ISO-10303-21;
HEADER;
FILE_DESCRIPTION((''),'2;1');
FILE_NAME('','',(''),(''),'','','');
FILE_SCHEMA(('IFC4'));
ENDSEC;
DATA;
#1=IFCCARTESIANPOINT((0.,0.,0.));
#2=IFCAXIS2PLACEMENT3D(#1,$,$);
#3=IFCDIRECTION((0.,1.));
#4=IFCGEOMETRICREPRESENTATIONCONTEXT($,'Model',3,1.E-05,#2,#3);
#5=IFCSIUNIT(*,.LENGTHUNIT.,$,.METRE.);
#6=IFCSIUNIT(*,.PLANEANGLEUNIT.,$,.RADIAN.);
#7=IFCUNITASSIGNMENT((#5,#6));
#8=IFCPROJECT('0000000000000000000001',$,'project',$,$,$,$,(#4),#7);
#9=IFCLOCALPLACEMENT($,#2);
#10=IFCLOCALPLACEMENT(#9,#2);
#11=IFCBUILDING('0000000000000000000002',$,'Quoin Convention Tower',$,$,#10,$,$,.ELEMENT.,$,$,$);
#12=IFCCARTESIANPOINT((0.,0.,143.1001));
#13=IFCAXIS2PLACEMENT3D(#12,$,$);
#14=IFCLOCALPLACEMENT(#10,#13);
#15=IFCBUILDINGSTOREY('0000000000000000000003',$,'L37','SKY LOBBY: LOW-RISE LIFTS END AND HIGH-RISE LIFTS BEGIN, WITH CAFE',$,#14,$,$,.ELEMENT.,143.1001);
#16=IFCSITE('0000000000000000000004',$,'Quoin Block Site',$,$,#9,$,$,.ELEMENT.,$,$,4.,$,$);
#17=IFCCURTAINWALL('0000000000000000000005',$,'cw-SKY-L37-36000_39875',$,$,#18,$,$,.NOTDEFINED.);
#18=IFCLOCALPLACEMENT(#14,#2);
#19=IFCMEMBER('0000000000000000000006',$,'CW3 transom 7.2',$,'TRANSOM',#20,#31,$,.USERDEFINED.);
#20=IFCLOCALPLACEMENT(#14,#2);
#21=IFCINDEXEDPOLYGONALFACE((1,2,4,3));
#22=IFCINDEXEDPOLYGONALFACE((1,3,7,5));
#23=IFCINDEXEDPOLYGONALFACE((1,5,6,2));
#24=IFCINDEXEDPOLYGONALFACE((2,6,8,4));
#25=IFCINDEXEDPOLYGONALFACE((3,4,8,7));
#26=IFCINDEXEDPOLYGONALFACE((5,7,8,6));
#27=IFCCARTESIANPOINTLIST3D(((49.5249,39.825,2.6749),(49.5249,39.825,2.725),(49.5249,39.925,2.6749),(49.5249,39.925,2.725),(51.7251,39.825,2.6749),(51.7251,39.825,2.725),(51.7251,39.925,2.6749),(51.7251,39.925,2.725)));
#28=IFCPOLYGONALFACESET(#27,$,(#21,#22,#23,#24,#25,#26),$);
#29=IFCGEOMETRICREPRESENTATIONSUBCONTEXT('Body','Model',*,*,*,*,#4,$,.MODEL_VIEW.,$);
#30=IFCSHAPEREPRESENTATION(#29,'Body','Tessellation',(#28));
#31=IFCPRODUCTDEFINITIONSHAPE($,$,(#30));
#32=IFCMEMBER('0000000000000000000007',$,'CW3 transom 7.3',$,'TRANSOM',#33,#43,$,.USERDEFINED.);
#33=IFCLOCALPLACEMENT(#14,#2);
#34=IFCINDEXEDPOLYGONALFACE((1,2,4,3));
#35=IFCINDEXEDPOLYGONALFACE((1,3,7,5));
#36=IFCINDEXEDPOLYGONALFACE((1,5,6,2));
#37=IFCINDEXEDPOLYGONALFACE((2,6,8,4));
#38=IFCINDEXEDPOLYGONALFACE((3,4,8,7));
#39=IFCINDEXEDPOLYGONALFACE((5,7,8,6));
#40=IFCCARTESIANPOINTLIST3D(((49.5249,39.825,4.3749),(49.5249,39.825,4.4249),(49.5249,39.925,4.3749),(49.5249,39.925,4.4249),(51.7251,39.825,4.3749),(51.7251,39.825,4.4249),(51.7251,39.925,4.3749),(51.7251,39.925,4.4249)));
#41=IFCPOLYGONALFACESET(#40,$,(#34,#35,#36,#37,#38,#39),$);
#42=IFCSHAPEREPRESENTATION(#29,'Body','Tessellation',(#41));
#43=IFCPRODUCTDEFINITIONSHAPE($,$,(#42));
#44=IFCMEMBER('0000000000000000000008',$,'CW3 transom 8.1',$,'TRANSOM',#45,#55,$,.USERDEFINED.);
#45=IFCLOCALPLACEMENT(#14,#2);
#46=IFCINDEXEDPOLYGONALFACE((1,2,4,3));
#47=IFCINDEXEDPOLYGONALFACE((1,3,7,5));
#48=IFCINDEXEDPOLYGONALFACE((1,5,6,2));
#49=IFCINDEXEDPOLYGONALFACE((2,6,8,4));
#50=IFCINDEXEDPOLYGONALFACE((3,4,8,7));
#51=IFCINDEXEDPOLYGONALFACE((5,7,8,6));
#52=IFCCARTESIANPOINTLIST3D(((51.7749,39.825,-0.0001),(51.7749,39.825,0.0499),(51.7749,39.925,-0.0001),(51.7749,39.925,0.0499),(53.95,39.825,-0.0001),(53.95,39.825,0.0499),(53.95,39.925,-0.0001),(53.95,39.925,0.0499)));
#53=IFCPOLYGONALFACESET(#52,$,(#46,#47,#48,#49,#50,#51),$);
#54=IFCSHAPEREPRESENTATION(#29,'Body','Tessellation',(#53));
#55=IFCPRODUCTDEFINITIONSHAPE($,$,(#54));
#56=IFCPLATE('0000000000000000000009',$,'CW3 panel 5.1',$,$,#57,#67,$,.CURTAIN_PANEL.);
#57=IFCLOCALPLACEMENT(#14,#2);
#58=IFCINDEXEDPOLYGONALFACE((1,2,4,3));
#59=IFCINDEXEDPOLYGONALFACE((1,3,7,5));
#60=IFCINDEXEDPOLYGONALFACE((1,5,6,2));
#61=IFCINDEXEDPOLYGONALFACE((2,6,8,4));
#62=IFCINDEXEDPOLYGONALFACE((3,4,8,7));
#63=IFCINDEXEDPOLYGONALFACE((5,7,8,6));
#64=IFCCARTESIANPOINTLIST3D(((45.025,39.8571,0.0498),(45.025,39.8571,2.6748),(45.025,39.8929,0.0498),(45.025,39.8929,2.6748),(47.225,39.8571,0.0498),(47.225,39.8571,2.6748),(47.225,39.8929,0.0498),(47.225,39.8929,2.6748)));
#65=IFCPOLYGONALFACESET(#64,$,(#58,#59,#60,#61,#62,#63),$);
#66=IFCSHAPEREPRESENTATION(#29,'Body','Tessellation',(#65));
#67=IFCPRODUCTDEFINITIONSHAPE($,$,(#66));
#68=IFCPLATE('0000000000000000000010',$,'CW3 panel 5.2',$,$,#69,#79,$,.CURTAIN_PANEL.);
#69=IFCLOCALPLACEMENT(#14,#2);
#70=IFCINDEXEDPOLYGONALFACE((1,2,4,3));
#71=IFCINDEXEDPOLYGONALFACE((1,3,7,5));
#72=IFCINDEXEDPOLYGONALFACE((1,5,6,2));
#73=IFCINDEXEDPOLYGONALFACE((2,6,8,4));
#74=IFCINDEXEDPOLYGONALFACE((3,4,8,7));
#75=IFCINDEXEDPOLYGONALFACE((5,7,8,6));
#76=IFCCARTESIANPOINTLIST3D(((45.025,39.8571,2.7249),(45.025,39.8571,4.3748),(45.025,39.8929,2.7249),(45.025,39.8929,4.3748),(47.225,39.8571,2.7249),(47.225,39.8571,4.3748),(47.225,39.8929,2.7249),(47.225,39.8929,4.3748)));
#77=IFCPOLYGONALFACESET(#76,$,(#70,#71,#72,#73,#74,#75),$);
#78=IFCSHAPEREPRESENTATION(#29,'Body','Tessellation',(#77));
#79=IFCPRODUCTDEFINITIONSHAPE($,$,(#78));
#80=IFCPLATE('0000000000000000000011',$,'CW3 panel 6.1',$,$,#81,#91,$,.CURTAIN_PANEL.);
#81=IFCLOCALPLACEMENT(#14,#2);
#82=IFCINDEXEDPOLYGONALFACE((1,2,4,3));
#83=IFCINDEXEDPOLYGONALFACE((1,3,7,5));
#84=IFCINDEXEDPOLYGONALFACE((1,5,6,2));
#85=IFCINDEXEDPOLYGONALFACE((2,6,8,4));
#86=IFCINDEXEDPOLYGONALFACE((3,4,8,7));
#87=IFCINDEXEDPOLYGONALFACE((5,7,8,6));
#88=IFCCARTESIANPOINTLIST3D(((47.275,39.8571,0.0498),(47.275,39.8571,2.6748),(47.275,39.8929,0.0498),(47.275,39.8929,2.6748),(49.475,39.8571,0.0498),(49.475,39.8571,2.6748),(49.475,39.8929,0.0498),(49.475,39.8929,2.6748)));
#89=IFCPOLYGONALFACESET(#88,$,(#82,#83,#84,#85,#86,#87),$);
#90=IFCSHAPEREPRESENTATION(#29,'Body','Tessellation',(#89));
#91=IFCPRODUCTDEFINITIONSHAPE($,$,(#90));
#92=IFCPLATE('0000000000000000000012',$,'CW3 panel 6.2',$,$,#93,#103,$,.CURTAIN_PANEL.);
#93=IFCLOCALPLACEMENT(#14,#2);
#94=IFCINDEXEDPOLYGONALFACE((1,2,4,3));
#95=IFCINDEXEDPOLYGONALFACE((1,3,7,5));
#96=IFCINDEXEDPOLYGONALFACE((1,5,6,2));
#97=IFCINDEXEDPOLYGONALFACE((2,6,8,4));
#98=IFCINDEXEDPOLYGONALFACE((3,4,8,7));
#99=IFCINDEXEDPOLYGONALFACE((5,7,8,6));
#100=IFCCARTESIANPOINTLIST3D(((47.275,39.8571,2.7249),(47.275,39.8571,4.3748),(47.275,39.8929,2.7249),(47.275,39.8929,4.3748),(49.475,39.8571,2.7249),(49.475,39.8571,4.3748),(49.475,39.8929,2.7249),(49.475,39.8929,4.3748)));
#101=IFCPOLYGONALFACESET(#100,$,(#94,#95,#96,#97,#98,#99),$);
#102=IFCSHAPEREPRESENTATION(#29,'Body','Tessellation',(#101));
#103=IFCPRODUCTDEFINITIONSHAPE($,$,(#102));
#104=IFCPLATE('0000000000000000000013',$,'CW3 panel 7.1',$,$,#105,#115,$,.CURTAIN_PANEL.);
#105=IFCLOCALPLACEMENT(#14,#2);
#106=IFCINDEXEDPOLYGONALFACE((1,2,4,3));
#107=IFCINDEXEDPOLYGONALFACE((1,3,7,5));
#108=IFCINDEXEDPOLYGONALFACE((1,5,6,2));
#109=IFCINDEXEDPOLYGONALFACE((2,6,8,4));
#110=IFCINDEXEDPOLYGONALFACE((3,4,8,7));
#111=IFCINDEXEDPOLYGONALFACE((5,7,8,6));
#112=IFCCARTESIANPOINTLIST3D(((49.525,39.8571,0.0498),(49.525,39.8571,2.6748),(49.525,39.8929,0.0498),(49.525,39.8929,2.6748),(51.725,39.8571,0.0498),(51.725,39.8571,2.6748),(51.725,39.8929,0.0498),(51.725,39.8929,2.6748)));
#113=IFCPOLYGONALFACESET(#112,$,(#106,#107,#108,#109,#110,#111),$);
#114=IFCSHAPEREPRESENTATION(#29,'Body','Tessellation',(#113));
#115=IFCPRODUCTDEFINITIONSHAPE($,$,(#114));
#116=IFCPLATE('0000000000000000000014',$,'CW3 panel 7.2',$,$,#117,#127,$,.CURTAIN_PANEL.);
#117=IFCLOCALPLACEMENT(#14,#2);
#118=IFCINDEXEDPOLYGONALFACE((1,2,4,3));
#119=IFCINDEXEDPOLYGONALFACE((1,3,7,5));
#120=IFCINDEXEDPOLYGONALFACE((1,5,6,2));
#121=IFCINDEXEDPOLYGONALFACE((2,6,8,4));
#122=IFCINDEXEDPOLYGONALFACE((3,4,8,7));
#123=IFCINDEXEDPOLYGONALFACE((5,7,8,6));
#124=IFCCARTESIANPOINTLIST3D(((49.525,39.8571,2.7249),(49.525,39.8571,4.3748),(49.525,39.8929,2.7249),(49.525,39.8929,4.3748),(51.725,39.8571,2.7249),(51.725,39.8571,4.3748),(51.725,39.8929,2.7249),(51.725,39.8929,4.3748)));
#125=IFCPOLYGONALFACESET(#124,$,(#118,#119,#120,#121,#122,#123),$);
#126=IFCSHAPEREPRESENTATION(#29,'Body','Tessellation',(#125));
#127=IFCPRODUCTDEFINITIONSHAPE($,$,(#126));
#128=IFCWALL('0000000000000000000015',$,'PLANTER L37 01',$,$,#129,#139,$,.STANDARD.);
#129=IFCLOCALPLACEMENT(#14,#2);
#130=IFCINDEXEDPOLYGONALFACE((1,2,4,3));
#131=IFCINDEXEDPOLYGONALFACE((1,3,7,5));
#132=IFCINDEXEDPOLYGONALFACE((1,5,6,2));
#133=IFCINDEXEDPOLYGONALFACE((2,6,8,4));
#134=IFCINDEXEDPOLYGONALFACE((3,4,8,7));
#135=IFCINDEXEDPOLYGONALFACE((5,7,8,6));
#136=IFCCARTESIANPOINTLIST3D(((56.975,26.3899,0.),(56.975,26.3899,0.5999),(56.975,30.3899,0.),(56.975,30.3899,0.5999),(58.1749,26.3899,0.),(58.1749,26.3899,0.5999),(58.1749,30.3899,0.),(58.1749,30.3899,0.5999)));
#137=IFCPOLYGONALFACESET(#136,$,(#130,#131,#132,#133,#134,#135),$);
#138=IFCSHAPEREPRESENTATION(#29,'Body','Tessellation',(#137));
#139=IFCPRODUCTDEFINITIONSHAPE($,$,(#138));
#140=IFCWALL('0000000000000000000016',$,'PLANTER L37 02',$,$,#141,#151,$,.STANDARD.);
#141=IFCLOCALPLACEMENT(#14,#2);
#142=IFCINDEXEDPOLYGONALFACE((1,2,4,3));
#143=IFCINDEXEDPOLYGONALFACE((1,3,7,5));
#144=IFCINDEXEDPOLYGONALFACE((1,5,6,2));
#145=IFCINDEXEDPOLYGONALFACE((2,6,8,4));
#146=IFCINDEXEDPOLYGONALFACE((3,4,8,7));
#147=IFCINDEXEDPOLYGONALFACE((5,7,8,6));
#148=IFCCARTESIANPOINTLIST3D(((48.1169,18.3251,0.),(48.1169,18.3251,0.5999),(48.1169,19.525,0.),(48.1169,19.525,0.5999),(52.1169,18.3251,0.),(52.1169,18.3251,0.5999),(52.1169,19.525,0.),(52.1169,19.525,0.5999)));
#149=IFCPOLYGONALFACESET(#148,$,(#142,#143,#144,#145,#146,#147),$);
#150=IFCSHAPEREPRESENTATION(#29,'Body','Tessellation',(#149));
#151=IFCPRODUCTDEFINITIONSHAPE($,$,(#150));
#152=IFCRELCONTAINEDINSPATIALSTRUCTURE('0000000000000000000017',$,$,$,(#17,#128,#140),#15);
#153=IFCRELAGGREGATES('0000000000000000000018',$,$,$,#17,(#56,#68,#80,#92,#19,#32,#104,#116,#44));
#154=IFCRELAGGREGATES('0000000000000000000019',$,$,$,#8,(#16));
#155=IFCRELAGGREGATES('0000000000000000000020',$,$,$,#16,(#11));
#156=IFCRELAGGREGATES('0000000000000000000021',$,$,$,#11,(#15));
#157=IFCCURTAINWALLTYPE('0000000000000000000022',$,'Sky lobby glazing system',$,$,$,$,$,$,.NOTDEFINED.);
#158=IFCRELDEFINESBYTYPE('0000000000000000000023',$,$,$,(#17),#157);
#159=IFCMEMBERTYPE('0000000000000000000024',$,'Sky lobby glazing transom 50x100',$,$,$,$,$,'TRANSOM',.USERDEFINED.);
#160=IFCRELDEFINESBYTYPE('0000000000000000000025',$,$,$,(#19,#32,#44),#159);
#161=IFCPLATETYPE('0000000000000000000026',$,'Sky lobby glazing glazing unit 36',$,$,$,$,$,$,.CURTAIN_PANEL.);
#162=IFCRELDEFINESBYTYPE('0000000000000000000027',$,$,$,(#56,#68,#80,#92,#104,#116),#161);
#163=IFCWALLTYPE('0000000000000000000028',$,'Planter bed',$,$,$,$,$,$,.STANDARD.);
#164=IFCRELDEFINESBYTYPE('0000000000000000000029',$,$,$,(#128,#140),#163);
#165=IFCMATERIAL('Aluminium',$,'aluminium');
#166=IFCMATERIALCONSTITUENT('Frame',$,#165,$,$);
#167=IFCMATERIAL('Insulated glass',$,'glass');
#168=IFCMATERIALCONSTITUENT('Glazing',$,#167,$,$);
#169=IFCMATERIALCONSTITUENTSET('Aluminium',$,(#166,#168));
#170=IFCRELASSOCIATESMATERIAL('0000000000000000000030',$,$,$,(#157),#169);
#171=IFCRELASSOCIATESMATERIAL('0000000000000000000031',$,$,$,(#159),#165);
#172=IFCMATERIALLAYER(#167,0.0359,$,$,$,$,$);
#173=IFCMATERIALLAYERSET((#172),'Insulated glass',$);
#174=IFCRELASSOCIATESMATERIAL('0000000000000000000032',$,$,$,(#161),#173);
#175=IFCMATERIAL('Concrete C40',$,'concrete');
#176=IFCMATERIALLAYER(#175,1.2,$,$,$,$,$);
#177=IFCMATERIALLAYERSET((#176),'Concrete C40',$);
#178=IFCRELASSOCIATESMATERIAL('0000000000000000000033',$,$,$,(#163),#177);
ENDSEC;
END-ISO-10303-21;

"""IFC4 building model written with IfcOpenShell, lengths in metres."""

from ifc_helpers import new_model, si_unit, direction, frame, frame_2d, origin, origin_2d, place, context, subcontext, project, spatial, rectangle, extrude, material, layer, layer_set, constituent, constituent_set, material_profile, profile_set, type_object, element, aggregate, save


model = new_model("IFC4")

# Units and contexts
model_context = context("Model", 3, precision=1e-05, world=origin(), true_north=direction((0.0, 1.0)))
body_context = subcontext(model_context, "Body", "Model", "MODEL_VIEW")
ifc_project = project(units=[si_unit("LENGTHUNIT", "METRE"), si_unit("PLANEANGLEUNIT", "RADIAN")], contexts=[model_context])

# Site, building, storey
site_placement = place(None, origin())
site = spatial("IfcSite", under=ifc_project, at=site_placement, Name="Quoin Block Site", CompositionType="ELEMENT", RefElevation=4.0)
building_placement = place(site_placement, origin())
building = spatial("IfcBuilding", under=site, at=building_placement, Name="Quoin Convention Tower", CompositionType="ELEMENT")
storey_placement = place(building_placement, frame((0.0, 0.0, 143.1001)))
storey = spatial("IfcBuildingStorey", under=building, at=storey_placement, Name="L37", Description="SKY LOBBY: LOW-RISE LIFTS END AND HIGH-RISE LIFTS BEGIN, WITH CAFE", CompositionType="ELEMENT", Elevation=143.1001)

# Curtain wall, members, plates
ifc_material_1 = material(Name="Aluminium", Category="aluminium")
ifc_constituent_1 = constituent(ifc_material_1, Name="Frame")
ifc_material_2 = material(Name="Insulated glass", Category="glass")
ifc_constituent_2 = constituent(ifc_material_2, Name="Glazing")
ifc_constituent_set = constituent_set(constituents=[ifc_constituent_1, ifc_constituent_2], Name="Aluminium")
curtain_wall_type = type_object("IfcCurtainWallType", Name="Sky lobby glazing system", PredefinedType="NOTDEFINED", material=ifc_constituent_set)
curtain_wall_placement = place(storey_placement, origin())
curtain_wall = element("IfcCurtainWall", 1, at=curtain_wall_placement, inside=storey, type_object=curtain_wall_type, Name="cw-SKY-L37-36000_39875", PredefinedType="NOTDEFINED")
ifc_material_profile_1 = material_profile(ifc_material_1, rectangle(XDim=0.1001, YDim=0.05, at=origin_2d()), Name="Sky lobby glazing transom 50x100")
ifc_profile_set_1 = profile_set([ifc_material_profile_1], Name="Aluminium")
member_type_1 = type_object("IfcMemberType", Name="Sky lobby glazing transom 50x100", ElementType="TRANSOM", PredefinedType="USERDEFINED", material=ifc_profile_set_1)
member_1_placement = place(storey_placement, frame((49.5249, 39.875, 2.7), z_axis=(1.0, 0.0, 0.0), x_axis=(0.0, 1.0, 0.0)))
member_1 = element("IfcMember", 2, at=member_1_placement, type_object=member_type_1, Name="CW3 transom 7.2", ObjectType="TRANSOM", PredefinedType="USERDEFINED", context=body_context, shape_type="SweptSolid", body=[
    extrude(rectangle(XDim=0.1001, YDim=0.05, at=origin_2d()), origin(), (0.0, 0.0, 1.0), 2.2002),
])
member_2_placement = place(storey_placement, frame((49.5249, 39.875, 4.3999), z_axis=(1.0, 0.0, 0.0), x_axis=(0.0, 1.0, 0.0)))
member_2 = element("IfcMember", 3, at=member_2_placement, type_object=member_type_1, Name="CW3 transom 7.3", ObjectType="TRANSOM", PredefinedType="USERDEFINED", context=body_context, shape_type="SweptSolid", body=[
    extrude(rectangle(XDim=0.1001, YDim=0.05, at=origin_2d()), origin(), (0.0, 0.0, 1.0), 2.2002),
])
member_3_placement = place(storey_placement, frame((51.7749, 39.875, 0.0249), z_axis=(1.0, 0.0, 0.0), x_axis=(0.0, 1.0, 0.0)))
member_3 = element("IfcMember", 4, at=member_3_placement, type_object=member_type_1, Name="CW3 transom 8.1", ObjectType="TRANSOM", PredefinedType="USERDEFINED", context=body_context, shape_type="SweptSolid", body=[
    extrude(rectangle(XDim=0.1001, YDim=0.05, at=origin_2d()), origin(), (0.0, 0.0, 1.0), 2.175),
])
ifc_layer_1 = layer(ifc_material_2, 0.0359)
ifc_layer_set_1 = layer_set([ifc_layer_1], Name="Insulated glass")
plate_type = type_object("IfcPlateType", Name="Sky lobby glazing glazing unit 36", PredefinedType="CURTAIN_PANEL", material=ifc_layer_set_1)
plate_1_placement = place(storey_placement, frame((46.125, 39.875, 0.0498), z_axis=(0.0, 0.0, 1.0), x_axis=(1.0, 0.0, 0.0)))
plate_1 = element("IfcPlate", 5, at=plate_1_placement, type_object=plate_type, Name="CW3 panel 5.1", PredefinedType="CURTAIN_PANEL", context=body_context, shape_type="SweptSolid", body=[
    extrude(rectangle(XDim=2.2, YDim=0.0359, at=origin_2d()), origin(), (0.0, 0.0, 1.0), 2.625),
])
plate_2_placement = place(storey_placement, frame((46.125, 39.875, 2.7249), z_axis=(0.0, 0.0, 1.0), x_axis=(1.0, 0.0, 0.0)))
plate_2 = element("IfcPlate", 6, at=plate_2_placement, type_object=plate_type, Name="CW3 panel 5.2", PredefinedType="CURTAIN_PANEL", context=body_context, shape_type="SweptSolid", body=[
    extrude(rectangle(XDim=2.2, YDim=0.0359, at=origin_2d()), origin(), (0.0, 0.0, 1.0), 1.6499),
])
plate_3_placement = place(storey_placement, frame((48.375, 39.875, 0.0498), z_axis=(0.0, 0.0, 1.0), x_axis=(1.0, 0.0, 0.0)))
plate_3 = element("IfcPlate", 7, at=plate_3_placement, type_object=plate_type, Name="CW3 panel 6.1", PredefinedType="CURTAIN_PANEL", context=body_context, shape_type="SweptSolid", body=[
    extrude(rectangle(XDim=2.2, YDim=0.0359, at=origin_2d()), origin(), (0.0, 0.0, 1.0), 2.625),
])
plate_4_placement = place(storey_placement, frame((48.375, 39.875, 2.7249), z_axis=(0.0, 0.0, 1.0), x_axis=(1.0, 0.0, 0.0)))
plate_4 = element("IfcPlate", 8, at=plate_4_placement, type_object=plate_type, Name="CW3 panel 6.2", PredefinedType="CURTAIN_PANEL", context=body_context, shape_type="SweptSolid", body=[
    extrude(rectangle(XDim=2.2, YDim=0.0359, at=origin_2d()), origin(), (0.0, 0.0, 1.0), 1.6499),
])
plate_5_placement = place(storey_placement, frame((50.625, 39.875, 0.0498), z_axis=(0.0, 0.0, 1.0), x_axis=(1.0, 0.0, 0.0)))
plate_5 = element("IfcPlate", 9, at=plate_5_placement, type_object=plate_type, Name="CW3 panel 7.1", PredefinedType="CURTAIN_PANEL", context=body_context, shape_type="SweptSolid", body=[
    extrude(rectangle(XDim=2.2, YDim=0.0359, at=origin_2d()), origin(), (0.0, 0.0, 1.0), 2.625),
])
plate_6_placement = place(storey_placement, frame((50.625, 39.875, 2.7249), z_axis=(0.0, 0.0, 1.0), x_axis=(1.0, 0.0, 0.0)))
plate_6 = element("IfcPlate", 10, at=plate_6_placement, type_object=plate_type, Name="CW3 panel 7.2", PredefinedType="CURTAIN_PANEL", context=body_context, shape_type="SweptSolid", body=[
    extrude(rectangle(XDim=2.2, YDim=0.0359, at=origin_2d()), origin(), (0.0, 0.0, 1.0), 1.6499),
])
aggregate(curtain_wall, [plate_1, plate_2, plate_3, plate_4, member_1, member_2, plate_5, plate_6, member_3])

# Walls
ifc_material_3 = material(Name="Concrete C40", Category="concrete")
ifc_layer_2 = layer(ifc_material_3, 1.2)
ifc_layer_set_2 = layer_set([ifc_layer_2], Name="Concrete C40")
wall_type = type_object("IfcWallType", Name="Planter bed", PredefinedType="STANDARD", material=ifc_layer_set_2)
for number, where, z_axis, x_axis, name in (
    (11, (57.575, 30.3899, 0.0), (0.0, 0.0, 1.0), (0.0, -1.0, 0.0), "PLANTER L37 01"),
    (12, (52.1169, 18.925, 0.0), (0.0, 0.0, 1.0), (-1.0, 0.0, 0.0), "PLANTER L37 02"),
):
    element("IfcWall", number, at=place(storey_placement, frame(where, z_axis=z_axis, x_axis=x_axis)), inside=storey, type_object=wall_type, Name=name, PredefinedType="STANDARD", context=body_context, shape_type="SweptSolid", body=[
        extrude(rectangle(XDim=4.0, YDim=1.2, at=frame_2d((2.0, 0.0))), origin(), (0.0, 0.0, 1.0), 0.5999),
    ])

save(model, "model.ifc")
